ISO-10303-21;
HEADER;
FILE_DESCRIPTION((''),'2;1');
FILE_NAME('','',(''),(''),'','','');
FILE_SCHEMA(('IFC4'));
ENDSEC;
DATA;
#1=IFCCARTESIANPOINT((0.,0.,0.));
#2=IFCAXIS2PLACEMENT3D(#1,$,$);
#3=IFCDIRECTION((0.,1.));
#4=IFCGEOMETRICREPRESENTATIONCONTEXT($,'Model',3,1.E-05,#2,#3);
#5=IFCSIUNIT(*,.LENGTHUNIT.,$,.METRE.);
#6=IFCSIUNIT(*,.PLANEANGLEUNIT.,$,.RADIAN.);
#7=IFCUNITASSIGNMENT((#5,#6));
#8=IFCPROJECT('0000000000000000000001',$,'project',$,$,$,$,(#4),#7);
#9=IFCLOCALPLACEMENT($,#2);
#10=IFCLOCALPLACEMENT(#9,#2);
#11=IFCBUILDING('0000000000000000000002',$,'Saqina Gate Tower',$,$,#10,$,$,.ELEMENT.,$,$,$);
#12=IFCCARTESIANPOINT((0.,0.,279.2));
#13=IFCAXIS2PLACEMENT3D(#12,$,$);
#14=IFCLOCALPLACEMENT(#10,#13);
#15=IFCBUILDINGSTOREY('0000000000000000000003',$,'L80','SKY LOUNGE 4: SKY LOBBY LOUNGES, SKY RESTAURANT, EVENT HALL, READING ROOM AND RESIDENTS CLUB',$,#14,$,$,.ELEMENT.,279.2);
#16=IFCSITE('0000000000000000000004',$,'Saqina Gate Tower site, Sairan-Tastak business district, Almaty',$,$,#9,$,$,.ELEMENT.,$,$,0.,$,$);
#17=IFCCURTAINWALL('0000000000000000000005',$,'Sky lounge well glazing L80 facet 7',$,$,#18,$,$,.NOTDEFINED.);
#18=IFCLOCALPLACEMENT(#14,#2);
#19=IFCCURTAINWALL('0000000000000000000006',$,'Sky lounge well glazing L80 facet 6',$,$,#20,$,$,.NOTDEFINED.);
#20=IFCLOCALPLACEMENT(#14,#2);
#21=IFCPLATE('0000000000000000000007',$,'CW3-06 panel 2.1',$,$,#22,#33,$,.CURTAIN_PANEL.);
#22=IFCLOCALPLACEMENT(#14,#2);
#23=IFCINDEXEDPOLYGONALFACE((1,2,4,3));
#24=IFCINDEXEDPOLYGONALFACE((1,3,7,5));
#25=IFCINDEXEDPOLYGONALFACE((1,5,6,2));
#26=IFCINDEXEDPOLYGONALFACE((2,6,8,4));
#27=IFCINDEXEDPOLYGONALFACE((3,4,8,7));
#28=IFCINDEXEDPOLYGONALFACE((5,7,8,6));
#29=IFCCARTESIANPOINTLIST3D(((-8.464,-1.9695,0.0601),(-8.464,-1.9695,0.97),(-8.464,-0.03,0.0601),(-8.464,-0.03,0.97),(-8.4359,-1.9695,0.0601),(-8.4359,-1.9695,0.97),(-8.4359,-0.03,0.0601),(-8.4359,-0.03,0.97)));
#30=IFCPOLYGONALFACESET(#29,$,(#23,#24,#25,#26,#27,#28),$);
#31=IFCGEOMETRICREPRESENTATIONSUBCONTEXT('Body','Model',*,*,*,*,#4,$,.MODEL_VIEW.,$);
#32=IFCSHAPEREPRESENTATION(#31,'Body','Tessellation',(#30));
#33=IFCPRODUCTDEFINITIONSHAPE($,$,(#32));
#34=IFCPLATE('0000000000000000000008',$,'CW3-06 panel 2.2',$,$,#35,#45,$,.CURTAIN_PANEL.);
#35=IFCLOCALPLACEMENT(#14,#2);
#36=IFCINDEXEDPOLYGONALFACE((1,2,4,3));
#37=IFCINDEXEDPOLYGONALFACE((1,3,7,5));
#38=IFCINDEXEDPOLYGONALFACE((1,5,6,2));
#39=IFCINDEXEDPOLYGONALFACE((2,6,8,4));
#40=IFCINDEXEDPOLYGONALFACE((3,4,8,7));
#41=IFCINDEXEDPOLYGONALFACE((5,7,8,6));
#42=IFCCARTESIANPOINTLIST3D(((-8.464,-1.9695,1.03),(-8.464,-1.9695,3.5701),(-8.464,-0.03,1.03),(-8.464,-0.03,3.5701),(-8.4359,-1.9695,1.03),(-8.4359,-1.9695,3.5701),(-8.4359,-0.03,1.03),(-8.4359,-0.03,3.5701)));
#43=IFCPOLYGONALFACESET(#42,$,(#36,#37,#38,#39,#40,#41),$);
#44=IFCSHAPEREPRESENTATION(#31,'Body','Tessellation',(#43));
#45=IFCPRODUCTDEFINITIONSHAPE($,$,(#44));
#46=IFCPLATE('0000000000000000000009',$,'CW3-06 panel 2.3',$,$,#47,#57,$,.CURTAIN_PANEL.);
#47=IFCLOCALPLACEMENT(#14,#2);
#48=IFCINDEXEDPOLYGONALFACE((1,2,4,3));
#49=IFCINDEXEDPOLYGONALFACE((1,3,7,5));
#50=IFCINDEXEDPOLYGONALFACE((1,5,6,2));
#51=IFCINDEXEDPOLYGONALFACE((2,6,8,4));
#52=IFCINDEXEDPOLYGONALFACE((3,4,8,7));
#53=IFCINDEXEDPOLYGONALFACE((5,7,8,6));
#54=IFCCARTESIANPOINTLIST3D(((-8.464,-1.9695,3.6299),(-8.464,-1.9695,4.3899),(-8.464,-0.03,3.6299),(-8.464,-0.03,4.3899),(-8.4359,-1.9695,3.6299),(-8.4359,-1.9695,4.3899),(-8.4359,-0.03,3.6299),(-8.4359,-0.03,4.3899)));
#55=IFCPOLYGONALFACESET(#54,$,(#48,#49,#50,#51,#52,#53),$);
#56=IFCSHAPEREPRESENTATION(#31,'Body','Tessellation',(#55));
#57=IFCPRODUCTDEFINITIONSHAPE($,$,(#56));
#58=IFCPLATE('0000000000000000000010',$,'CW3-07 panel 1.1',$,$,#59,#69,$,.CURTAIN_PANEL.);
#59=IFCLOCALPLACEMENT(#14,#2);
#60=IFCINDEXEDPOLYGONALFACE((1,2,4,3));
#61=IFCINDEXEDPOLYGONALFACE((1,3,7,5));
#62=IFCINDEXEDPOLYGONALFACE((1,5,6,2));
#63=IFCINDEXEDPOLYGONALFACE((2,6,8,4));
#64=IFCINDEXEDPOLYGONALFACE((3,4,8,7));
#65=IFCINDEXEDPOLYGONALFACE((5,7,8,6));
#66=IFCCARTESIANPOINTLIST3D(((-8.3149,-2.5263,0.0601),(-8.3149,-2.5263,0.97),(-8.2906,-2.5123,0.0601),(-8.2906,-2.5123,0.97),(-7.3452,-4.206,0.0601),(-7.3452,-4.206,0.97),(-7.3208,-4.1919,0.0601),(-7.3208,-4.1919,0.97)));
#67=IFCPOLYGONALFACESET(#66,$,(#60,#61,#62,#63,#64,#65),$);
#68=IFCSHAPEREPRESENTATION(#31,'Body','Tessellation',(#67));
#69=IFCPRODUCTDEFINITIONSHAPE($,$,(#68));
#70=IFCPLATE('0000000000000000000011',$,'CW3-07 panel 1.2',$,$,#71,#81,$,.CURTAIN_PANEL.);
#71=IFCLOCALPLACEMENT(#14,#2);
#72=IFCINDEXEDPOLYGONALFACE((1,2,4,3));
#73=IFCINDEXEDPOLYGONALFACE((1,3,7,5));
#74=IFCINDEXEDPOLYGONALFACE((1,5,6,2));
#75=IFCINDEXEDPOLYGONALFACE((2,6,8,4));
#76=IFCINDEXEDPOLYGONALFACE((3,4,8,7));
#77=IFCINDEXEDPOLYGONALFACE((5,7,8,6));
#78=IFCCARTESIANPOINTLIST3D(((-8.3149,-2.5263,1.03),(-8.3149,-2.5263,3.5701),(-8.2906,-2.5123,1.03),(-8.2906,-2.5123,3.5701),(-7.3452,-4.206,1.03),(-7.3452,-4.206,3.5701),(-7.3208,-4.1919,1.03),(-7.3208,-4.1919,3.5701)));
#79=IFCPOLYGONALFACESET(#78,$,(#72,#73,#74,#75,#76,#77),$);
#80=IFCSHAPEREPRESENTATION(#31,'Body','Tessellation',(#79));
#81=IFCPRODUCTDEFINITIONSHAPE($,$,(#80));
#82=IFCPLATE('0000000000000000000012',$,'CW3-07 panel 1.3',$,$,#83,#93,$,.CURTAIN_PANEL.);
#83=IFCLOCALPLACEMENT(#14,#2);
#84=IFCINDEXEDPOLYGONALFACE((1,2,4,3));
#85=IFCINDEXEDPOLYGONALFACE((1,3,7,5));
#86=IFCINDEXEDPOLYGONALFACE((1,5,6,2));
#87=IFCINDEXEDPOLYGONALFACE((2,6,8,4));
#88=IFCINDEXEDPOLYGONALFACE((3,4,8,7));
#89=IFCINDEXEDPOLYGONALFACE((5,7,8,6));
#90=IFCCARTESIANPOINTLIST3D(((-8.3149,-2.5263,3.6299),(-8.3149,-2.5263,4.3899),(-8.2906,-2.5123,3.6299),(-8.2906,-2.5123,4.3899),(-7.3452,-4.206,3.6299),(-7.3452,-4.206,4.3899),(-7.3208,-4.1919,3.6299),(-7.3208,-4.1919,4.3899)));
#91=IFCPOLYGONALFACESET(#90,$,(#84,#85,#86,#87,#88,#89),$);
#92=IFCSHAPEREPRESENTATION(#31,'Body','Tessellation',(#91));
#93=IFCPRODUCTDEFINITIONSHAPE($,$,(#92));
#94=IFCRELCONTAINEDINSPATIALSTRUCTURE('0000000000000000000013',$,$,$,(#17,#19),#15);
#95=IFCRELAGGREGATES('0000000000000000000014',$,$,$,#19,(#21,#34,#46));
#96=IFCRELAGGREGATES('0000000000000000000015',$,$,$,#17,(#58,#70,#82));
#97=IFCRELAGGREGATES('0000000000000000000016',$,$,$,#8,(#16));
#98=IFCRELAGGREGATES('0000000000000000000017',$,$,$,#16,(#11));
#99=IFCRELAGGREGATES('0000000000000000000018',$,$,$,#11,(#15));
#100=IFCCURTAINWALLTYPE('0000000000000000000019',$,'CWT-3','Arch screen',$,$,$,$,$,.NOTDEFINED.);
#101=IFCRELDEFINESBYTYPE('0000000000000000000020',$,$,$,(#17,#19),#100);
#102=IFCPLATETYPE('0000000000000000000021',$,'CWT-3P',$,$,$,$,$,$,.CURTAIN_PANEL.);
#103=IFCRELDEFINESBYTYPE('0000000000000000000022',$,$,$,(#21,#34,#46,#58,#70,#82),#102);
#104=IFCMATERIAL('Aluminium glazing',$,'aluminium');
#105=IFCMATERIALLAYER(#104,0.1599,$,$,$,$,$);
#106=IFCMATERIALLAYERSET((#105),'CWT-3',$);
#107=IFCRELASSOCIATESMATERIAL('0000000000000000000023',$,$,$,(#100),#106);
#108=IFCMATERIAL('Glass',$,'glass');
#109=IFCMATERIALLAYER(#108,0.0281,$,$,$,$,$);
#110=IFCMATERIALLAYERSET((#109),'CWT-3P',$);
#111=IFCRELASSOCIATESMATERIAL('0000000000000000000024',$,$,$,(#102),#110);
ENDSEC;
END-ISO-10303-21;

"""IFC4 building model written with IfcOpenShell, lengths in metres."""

from ifc_helpers import new_model, si_unit, direction, frame, origin, origin_2d, place, context, subcontext, project, spatial, rectangle, extrude, material, layer, layer_set, type_object, element, aggregate, save


model = new_model("IFC4")

# Units and contexts
model_context = context("Model", 3, precision=1e-05, world=origin(), true_north=direction((0.0, 1.0)))
body_context = subcontext(model_context, "Body", "Model", "MODEL_VIEW")
ifc_project = project(units=[si_unit("LENGTHUNIT", "METRE"), si_unit("PLANEANGLEUNIT", "RADIAN")], contexts=[model_context])

# Site, building, storey
site_placement = place(None, origin())
site = spatial("IfcSite", under=ifc_project, at=site_placement, Name="Saqina Gate Tower site, Sairan-Tastak business district, Almaty", CompositionType="ELEMENT", RefElevation=0.0)
building_placement = place(site_placement, origin())
building = spatial("IfcBuilding", under=site, at=building_placement, Name="Saqina Gate Tower", CompositionType="ELEMENT")
storey_placement = place(building_placement, frame((0.0, 0.0, 279.2)))
storey = spatial("IfcBuildingStorey", under=building, at=storey_placement, Name="L80", Description="SKY LOUNGE 4: SKY LOBBY LOUNGES, SKY RESTAURANT, EVENT HALL, READING ROOM AND RESIDENTS CLUB", CompositionType="ELEMENT", Elevation=279.2)

# Curtain walls
ifc_material_1 = material(Name="Aluminium glazing", Category="aluminium")
ifc_layer_1 = layer(ifc_material_1, 0.1599)
ifc_layer_set_1 = layer_set([ifc_layer_1], Name="CWT-3")
curtain_wall_type = type_object("IfcCurtainWallType", Name="CWT-3", Description="Arch screen", PredefinedType="NOTDEFINED", material=ifc_layer_set_1)
curtain_wall_1_placement = place(storey_placement, origin())
curtain_wall_1 = element("IfcCurtainWall", 1, at=curtain_wall_1_placement, inside=storey, type_object=curtain_wall_type, Name="Sky lounge well glazing L80 facet 7", PredefinedType="NOTDEFINED")
curtain_wall_2_placement = place(storey_placement, origin())
curtain_wall_2 = element("IfcCurtainWall", 2, at=curtain_wall_2_placement, inside=storey, type_object=curtain_wall_type, Name="Sky lounge well glazing L80 facet 6", PredefinedType="NOTDEFINED")

# Plates
ifc_material_2 = material(Name="Glass", Category="glass")
ifc_layer_2 = layer(ifc_material_2, 0.0281)
ifc_layer_set_2 = layer_set([ifc_layer_2], Name="CWT-3P")
plate_type = type_object("IfcPlateType", Name="CWT-3P", PredefinedType="CURTAIN_PANEL", material=ifc_layer_set_2)
plate_1_placement = place(storey_placement, frame((-8.45, -0.9998, 0.0601), z_axis=(0.0, 0.0, 1.0), x_axis=(0.0, -1.0, 0.0)))
plate_1 = element("IfcPlate", 3, at=plate_1_placement, type_object=plate_type, Name="CW3-06 panel 2.1", PredefinedType="CURTAIN_PANEL", context=body_context, shape_type="SweptSolid", body=[
    extrude(rectangle(XDim=1.9395, YDim=0.0281, at=origin_2d()), origin(), (0.0, 0.0, 1.0), 0.9099),
])
plate_2_placement = place(storey_placement, frame((-8.45, -0.9998, 1.03), z_axis=(0.0, 0.0, 1.0), x_axis=(0.0, -1.0, 0.0)))
plate_2 = element("IfcPlate", 4, at=plate_2_placement, type_object=plate_type, Name="CW3-06 panel 2.2", PredefinedType="CURTAIN_PANEL", context=body_context, shape_type="SweptSolid", body=[
    extrude(rectangle(XDim=1.9395, YDim=0.0281, at=origin_2d()), origin(), (0.0, 0.0, 1.0), 2.54),
])
plate_3_placement = place(storey_placement, frame((-8.45, -0.9998, 3.6299), z_axis=(0.0, 0.0, 1.0), x_axis=(0.0, -1.0, 0.0)))
plate_3 = element("IfcPlate", 5, at=plate_3_placement, type_object=plate_type, Name="CW3-06 panel 2.3", PredefinedType="CURTAIN_PANEL", context=body_context, shape_type="SweptSolid", body=[
    extrude(rectangle(XDim=1.9395, YDim=0.0281, at=origin_2d()), origin(), (0.0, 0.0, 1.0), 0.76),
])
aggregate(curtain_wall_2, [plate_1, plate_2, plate_3])
plate_4_placement = place(storey_placement, frame((-7.8179, -3.3591, 0.0601), z_axis=(0.0, 0.0, 1.0), x_axis=(0.500003, -0.866024, 0.0)))
plate_4 = element("IfcPlate", 6, at=plate_4_placement, type_object=plate_type, Name="CW3-07 panel 1.1", PredefinedType="CURTAIN_PANEL", context=body_context, shape_type="SweptSolid", body=[
    extrude(rectangle(XDim=1.9395, YDim=0.0281, at=origin_2d()), origin(), (0.0, 0.0, 1.0), 0.9099),
])
plate_5_placement = place(storey_placement, frame((-7.8179, -3.3591, 1.03), z_axis=(0.0, 0.0, 1.0), x_axis=(0.500003, -0.866024, 0.0)))
plate_5 = element("IfcPlate", 7, at=plate_5_placement, type_object=plate_type, Name="CW3-07 panel 1.2", PredefinedType="CURTAIN_PANEL", context=body_context, shape_type="SweptSolid", body=[
    extrude(rectangle(XDim=1.9395, YDim=0.0281, at=origin_2d()), origin(), (0.0, 0.0, 1.0), 2.54),
])
plate_6_placement = place(storey_placement, frame((-7.8179, -3.3591, 3.6299), z_axis=(0.0, 0.0, 1.0), x_axis=(0.500003, -0.866024, 0.0)))
plate_6 = element("IfcPlate", 8, at=plate_6_placement, type_object=plate_type, Name="CW3-07 panel 1.3", PredefinedType="CURTAIN_PANEL", context=body_context, shape_type="SweptSolid", body=[
    extrude(rectangle(XDim=1.9395, YDim=0.0281, at=origin_2d()), origin(), (0.0, 0.0, 1.0), 0.76),
])
aggregate(curtain_wall_1, [plate_4, plate_5, plate_6])

save(model, "model.ifc")
